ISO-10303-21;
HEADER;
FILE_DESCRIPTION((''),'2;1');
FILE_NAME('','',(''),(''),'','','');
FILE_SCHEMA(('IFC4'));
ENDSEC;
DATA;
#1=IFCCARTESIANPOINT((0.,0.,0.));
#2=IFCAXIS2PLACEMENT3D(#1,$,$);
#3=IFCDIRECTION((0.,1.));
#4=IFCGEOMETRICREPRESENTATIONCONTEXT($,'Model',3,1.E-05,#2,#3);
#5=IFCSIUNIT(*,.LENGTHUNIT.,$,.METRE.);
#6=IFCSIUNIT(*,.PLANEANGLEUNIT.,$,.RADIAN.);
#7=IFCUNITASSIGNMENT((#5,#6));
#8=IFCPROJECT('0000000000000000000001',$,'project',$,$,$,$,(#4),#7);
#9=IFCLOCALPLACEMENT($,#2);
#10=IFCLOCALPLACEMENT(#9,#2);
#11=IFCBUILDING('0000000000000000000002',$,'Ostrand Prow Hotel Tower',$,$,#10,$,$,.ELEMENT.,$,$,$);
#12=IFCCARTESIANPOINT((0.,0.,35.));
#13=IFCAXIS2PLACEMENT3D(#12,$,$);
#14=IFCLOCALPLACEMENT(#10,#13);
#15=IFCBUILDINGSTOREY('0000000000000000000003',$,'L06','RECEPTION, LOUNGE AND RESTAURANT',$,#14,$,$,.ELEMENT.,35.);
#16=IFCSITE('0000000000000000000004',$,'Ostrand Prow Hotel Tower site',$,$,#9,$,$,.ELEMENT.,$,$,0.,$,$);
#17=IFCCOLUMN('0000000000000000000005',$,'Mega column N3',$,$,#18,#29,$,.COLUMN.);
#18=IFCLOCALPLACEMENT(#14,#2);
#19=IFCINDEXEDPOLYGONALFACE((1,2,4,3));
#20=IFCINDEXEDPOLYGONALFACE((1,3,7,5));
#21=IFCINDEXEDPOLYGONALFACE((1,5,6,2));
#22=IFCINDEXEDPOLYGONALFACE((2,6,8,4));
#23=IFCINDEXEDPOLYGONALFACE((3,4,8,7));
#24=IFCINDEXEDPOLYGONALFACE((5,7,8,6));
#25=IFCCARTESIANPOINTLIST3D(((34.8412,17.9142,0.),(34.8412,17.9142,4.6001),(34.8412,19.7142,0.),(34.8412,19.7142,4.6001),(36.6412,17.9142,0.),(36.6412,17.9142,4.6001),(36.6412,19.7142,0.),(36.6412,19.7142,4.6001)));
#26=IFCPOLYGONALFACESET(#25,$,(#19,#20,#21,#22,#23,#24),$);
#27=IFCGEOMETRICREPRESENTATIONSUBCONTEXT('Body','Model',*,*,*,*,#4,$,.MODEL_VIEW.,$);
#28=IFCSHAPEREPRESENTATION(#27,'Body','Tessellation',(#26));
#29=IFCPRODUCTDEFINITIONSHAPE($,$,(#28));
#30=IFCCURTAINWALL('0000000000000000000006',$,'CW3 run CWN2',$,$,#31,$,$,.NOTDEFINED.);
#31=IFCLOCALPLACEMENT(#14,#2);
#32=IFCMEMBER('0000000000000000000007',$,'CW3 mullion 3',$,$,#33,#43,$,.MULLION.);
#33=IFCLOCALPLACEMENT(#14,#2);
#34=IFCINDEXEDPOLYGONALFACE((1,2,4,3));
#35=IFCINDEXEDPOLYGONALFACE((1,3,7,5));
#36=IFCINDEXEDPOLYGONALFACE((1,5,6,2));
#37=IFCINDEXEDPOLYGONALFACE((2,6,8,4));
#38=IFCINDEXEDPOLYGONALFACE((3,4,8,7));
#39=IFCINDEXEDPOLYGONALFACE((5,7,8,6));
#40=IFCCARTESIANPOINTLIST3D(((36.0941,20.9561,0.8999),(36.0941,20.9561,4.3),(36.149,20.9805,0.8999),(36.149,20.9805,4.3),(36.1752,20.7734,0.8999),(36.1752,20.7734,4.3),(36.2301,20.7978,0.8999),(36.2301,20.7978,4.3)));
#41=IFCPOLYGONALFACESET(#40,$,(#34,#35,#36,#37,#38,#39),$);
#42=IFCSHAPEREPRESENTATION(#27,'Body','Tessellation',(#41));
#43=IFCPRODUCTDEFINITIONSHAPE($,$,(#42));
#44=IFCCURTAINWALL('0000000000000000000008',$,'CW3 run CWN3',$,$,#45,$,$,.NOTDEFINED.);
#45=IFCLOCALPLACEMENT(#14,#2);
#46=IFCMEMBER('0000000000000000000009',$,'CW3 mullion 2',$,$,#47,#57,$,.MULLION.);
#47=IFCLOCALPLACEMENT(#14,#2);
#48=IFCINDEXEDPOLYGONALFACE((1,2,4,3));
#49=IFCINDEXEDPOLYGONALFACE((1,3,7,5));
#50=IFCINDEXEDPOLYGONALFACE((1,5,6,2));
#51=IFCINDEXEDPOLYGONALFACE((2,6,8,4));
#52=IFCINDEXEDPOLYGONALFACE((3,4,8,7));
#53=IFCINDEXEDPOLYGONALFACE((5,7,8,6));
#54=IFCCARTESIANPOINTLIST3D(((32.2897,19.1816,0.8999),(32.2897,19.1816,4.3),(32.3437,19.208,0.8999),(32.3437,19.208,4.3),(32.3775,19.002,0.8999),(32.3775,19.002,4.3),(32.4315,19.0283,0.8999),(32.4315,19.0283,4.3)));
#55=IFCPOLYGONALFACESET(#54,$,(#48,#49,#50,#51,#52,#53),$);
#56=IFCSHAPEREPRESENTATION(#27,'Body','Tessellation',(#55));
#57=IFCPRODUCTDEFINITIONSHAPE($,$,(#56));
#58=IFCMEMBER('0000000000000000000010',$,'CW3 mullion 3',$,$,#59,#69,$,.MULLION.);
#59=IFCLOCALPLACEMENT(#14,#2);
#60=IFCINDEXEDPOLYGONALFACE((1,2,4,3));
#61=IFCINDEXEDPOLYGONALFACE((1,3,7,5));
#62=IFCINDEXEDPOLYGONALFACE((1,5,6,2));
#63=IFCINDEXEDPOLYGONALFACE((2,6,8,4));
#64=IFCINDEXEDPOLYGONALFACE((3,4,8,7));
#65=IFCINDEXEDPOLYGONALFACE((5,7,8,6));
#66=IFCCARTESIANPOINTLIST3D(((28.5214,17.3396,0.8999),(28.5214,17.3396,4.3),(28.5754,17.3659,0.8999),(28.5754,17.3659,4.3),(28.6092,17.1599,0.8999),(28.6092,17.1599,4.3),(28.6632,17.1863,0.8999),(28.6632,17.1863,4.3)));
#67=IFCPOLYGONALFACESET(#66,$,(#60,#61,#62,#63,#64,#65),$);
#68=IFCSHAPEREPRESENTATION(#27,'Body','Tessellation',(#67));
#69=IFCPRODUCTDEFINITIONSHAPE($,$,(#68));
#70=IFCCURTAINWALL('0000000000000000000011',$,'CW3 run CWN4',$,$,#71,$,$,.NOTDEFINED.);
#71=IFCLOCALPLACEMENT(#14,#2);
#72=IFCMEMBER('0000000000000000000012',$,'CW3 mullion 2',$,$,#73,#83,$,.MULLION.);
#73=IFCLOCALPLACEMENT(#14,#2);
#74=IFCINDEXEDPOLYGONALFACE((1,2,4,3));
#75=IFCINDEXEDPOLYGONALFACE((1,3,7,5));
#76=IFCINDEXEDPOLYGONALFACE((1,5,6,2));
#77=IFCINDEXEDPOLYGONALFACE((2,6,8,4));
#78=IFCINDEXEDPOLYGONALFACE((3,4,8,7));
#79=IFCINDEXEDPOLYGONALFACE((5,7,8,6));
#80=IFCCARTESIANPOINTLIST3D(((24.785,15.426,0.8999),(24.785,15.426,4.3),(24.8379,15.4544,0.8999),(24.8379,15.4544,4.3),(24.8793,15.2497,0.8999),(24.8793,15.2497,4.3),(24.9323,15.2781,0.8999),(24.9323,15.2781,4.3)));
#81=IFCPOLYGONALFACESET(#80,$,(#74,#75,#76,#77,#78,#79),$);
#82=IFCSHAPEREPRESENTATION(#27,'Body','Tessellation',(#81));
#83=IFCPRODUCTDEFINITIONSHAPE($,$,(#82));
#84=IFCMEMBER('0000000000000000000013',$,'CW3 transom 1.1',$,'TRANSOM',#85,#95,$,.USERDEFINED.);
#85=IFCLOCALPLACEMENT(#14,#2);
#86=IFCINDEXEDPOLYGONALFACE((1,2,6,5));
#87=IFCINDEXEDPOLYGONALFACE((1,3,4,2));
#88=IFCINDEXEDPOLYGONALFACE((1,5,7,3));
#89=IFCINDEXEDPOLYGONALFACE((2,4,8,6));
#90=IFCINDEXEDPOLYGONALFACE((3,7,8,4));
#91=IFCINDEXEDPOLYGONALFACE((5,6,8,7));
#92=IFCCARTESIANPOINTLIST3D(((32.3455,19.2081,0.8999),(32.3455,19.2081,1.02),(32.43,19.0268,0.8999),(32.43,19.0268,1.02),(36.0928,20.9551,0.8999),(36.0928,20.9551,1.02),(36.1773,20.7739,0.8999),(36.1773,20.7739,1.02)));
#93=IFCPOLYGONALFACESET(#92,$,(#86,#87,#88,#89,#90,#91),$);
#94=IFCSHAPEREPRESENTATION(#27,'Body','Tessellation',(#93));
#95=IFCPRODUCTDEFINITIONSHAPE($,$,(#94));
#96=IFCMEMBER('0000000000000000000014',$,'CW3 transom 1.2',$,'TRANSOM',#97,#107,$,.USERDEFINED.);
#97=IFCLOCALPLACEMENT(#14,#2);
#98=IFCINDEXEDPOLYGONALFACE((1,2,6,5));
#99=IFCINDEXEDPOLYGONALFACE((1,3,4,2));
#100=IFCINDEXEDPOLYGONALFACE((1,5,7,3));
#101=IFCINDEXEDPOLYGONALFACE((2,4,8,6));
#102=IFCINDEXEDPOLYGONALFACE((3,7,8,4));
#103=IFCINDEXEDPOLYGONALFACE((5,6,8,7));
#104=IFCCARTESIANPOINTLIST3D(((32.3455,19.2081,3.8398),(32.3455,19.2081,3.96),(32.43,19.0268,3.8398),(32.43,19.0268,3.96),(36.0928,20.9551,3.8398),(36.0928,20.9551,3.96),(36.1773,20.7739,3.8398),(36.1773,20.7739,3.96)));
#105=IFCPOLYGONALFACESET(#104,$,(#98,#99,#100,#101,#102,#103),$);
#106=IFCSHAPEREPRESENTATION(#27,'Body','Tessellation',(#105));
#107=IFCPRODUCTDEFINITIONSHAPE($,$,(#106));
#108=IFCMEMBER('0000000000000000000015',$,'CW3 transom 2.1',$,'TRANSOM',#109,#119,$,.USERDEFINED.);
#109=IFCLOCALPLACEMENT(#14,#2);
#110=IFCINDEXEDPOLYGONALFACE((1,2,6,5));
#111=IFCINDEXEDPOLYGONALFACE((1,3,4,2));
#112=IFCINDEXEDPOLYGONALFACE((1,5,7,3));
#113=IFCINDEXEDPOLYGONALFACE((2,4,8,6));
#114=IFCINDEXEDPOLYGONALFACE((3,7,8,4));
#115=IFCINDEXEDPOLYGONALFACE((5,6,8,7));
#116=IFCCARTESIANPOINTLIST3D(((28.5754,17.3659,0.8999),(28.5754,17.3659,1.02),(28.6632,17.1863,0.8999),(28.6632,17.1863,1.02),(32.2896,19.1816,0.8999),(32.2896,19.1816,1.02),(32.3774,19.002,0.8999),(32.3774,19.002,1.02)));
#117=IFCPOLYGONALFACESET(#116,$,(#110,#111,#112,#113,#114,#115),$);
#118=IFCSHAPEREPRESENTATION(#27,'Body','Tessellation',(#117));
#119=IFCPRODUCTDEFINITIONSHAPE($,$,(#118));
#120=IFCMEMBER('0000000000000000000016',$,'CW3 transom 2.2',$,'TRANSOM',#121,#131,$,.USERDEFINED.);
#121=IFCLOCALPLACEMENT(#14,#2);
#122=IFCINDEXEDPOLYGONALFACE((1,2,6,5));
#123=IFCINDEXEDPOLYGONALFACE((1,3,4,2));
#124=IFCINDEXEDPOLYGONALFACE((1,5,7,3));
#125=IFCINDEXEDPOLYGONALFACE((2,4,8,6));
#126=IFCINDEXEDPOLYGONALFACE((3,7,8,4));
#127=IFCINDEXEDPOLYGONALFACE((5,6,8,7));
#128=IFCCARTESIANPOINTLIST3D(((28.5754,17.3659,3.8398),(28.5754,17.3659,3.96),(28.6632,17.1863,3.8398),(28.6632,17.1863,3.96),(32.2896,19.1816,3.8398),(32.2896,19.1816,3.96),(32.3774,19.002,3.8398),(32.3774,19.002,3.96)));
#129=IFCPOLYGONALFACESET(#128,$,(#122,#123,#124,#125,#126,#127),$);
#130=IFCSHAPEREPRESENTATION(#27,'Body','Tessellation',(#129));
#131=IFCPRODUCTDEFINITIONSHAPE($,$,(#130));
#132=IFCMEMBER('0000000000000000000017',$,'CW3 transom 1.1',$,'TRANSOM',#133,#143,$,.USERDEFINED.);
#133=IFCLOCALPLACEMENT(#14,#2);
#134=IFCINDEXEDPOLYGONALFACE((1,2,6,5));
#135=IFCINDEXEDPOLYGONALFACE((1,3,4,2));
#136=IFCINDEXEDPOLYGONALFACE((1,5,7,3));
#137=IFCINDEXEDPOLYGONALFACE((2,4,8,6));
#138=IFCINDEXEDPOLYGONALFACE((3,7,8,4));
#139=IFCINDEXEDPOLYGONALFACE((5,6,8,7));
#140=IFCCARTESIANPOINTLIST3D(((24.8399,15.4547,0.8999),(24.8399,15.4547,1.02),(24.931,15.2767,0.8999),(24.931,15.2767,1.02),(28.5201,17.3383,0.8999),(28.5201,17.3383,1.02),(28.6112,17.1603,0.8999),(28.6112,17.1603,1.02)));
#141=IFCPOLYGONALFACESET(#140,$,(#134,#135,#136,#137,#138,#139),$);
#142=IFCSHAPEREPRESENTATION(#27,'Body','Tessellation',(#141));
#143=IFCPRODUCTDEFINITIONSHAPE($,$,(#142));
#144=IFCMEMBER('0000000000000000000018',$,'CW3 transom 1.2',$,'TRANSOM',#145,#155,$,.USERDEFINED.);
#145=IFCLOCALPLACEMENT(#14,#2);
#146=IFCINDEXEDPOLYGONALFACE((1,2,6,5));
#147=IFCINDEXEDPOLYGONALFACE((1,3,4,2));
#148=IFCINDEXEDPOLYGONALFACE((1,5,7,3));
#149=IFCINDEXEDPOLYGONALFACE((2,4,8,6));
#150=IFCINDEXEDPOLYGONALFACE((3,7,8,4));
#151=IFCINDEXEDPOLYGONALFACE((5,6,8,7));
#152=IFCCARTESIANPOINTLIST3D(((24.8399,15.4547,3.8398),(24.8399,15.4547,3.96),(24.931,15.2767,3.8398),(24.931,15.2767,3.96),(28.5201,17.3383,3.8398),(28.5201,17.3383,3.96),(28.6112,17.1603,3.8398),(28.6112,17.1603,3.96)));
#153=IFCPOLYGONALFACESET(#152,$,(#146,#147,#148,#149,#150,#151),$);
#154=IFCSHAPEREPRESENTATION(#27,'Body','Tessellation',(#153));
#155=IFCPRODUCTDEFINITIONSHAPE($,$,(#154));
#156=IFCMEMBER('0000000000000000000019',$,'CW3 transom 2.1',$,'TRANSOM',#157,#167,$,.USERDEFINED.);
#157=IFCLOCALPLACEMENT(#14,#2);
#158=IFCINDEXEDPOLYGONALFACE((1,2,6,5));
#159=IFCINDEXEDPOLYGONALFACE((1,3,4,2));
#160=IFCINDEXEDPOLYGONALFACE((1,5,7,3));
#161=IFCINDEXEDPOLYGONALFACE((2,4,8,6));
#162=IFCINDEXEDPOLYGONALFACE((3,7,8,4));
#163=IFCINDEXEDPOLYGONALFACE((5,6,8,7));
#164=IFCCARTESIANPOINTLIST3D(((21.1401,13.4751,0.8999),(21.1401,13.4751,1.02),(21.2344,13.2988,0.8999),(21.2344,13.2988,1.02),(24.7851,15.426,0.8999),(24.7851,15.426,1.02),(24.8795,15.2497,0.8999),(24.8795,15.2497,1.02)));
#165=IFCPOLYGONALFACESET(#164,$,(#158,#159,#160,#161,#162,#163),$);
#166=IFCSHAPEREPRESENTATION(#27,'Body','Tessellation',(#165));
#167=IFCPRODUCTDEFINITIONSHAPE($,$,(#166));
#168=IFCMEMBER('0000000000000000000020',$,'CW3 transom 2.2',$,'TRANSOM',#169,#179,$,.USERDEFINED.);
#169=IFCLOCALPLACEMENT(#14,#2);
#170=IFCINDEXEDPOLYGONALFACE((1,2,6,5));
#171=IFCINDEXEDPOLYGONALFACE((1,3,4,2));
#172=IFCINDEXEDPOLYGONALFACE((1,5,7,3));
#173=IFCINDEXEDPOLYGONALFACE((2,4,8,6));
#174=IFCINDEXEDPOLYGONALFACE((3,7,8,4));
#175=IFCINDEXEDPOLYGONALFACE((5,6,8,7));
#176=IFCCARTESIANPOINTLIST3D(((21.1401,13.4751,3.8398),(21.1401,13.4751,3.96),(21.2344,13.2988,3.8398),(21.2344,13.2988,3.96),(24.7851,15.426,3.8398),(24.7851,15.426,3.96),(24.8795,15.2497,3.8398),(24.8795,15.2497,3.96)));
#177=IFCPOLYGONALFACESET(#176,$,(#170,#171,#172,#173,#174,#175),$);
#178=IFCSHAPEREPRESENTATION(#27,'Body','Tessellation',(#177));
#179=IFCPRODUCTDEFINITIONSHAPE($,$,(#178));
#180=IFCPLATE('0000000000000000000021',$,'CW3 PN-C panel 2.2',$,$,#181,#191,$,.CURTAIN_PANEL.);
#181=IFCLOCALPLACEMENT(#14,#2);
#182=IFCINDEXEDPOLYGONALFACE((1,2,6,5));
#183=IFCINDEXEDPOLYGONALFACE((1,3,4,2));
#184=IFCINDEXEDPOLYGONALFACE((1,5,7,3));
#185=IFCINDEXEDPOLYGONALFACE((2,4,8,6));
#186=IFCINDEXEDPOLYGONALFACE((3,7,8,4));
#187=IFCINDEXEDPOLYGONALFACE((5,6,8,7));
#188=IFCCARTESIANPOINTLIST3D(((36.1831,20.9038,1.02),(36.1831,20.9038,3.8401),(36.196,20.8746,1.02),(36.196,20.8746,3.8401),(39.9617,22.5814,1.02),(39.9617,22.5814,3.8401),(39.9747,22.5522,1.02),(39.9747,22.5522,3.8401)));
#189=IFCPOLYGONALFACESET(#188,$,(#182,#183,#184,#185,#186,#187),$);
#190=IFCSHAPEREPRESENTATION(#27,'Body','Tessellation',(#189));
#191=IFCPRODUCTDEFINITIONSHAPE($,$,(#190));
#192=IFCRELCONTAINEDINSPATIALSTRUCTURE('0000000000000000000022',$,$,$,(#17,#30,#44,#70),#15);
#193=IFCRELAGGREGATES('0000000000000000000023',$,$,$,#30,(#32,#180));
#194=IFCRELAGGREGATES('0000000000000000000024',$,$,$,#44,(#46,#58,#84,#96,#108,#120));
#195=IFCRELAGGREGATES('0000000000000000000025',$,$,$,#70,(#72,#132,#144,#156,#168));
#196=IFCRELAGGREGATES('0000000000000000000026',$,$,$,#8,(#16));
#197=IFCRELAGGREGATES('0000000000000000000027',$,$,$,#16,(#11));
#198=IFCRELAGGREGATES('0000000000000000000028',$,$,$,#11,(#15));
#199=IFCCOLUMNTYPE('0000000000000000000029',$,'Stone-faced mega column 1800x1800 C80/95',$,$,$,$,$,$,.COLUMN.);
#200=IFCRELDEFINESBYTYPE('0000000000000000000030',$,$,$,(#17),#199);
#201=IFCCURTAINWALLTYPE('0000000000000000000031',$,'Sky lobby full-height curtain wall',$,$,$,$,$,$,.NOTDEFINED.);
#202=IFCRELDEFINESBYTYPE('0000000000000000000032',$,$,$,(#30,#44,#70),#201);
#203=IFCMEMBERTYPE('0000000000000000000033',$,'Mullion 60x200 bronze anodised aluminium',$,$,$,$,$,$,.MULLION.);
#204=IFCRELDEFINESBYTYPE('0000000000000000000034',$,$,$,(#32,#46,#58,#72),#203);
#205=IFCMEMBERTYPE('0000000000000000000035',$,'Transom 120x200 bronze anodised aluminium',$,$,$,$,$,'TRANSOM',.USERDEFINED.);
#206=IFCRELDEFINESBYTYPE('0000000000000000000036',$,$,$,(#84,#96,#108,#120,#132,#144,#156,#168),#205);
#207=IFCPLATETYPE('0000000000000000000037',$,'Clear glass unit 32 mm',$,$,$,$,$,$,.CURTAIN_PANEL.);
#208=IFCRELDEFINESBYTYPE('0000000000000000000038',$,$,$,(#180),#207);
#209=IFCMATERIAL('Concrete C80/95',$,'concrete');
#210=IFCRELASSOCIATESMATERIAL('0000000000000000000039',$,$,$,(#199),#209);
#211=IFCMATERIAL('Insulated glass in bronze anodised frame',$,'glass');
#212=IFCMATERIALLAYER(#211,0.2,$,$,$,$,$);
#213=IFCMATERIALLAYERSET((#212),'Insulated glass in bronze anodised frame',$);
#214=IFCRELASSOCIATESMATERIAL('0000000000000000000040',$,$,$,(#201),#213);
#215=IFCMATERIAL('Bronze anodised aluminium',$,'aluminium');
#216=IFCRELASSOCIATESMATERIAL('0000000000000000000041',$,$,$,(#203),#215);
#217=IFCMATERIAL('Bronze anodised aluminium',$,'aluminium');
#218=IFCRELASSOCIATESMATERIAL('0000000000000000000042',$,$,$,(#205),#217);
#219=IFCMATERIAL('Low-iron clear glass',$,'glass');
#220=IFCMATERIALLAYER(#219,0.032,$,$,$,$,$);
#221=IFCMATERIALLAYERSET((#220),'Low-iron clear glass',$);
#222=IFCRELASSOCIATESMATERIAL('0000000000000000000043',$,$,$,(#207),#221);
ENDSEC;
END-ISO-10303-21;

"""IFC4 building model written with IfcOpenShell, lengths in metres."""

from ifc_helpers import new_model, si_unit, direction, frame, origin, origin_2d, place, context, subcontext, project, spatial, rectangle, extrude, material, layer, layer_set, material_profile, profile_set, type_object, element, aggregate, save


model = new_model("IFC4")

# Units and contexts
model_context = context("Model", 3, precision=1e-05, world=origin(), true_north=direction((0.0, 1.0)))
body_context = subcontext(model_context, "Body", "Model", "MODEL_VIEW")
ifc_project = project(units=[si_unit("LENGTHUNIT", "METRE"), si_unit("PLANEANGLEUNIT", "RADIAN")], contexts=[model_context])

# Site, building, storey
site_placement = place(None, origin())
site = spatial("IfcSite", under=ifc_project, at=site_placement, Name="Ostrand Prow Hotel Tower site", CompositionType="ELEMENT", RefElevation=0.0)
building_placement = place(site_placement, origin())
building = spatial("IfcBuilding", under=site, at=building_placement, Name="Ostrand Prow Hotel Tower", CompositionType="ELEMENT")
storey_placement = place(building_placement, frame((0.0, 0.0, 35.0)))
storey = spatial("IfcBuildingStorey", under=building, at=storey_placement, Name="L06", Description="RECEPTION, LOUNGE AND RESTAURANT", CompositionType="ELEMENT", Elevation=35.0)

# Column
ifc_material_1 = material(Name="Concrete C80/95", Category="concrete")
ifc_material_profile_1 = material_profile(ifc_material_1, rectangle(XDim=1.8, YDim=1.8, at=origin_2d()), Name="RC 1800x1800")
ifc_profile_set_1 = profile_set([ifc_material_profile_1], Name="Concrete C80/95")
column_type = type_object("IfcColumnType", Name="Stone-faced mega column 1800x1800 C80/95", PredefinedType="COLUMN", material=ifc_profile_set_1)
column_placement = place(storey_placement, frame((35.7412, 18.8142, 0.0), z_axis=(0.0, 0.0, 1.0), x_axis=(1.0, 0.0, 0.0)))
element("IfcColumn", 1, at=column_placement, inside=storey, type_object=column_type, Name="Mega column N3", PredefinedType="COLUMN", context=body_context, shape_type="SweptSolid", body=[
    extrude(rectangle(XDim=1.8, YDim=1.8, at=origin_2d()), origin(), (0.0, 0.0, 1.0), 4.6001),
])

# Curtain wall, member
ifc_material_2 = material(Name="Insulated glass in bronze anodised frame", Category="glass")
ifc_layer_1 = layer(ifc_material_2, 0.2)
ifc_layer_set_1 = layer_set([ifc_layer_1], Name="Insulated glass in bronze anodised frame")
curtain_wall_type = type_object("IfcCurtainWallType", Name="Sky lobby full-height curtain wall", PredefinedType="NOTDEFINED", material=ifc_layer_set_1)
curtain_wall_1_placement = place(storey_placement, origin())
curtain_wall_1 = element("IfcCurtainWall", 2, at=curtain_wall_1_placement, inside=storey, type_object=curtain_wall_type, Name="CW3 run CWN2", PredefinedType="NOTDEFINED")
ifc_material_3 = material(Name="Bronze anodised aluminium", Category="aluminium")
ifc_material_profile_2 = material_profile(ifc_material_3, rectangle(XDim=0.2, YDim=0.0601, at=origin_2d()), Name="Mullion 60x200 bronze anodised aluminium")
ifc_profile_set_2 = profile_set([ifc_material_profile_2], Name="Bronze anodised aluminium")
member_type_1 = type_object("IfcMemberType", Name="Mullion 60x200 bronze anodised aluminium", PredefinedType="MULLION", material=ifc_profile_set_2)
member_1_placement = place(storey_placement, frame((36.1621, 20.877, 0.8999), z_axis=(0.0, 0.0, 1.0), x_axis=(0.40578, -0.913971, 0.0)))
member_1 = element("IfcMember", 3, at=member_1_placement, type_object=member_type_1, Name="CW3 mullion 3", PredefinedType="MULLION", context=body_context, shape_type="SweptSolid", body=[
    extrude(rectangle(XDim=0.2, YDim=0.0601, at=origin_2d()), origin(), (0.0, 0.0, 1.0), 3.4001),
])

# Curtain wall, members
curtain_wall_2_placement = place(storey_placement, origin())
curtain_wall_2 = element("IfcCurtainWall", 4, at=curtain_wall_2_placement, inside=storey, type_object=curtain_wall_type, Name="CW3 run CWN3", PredefinedType="NOTDEFINED")
member_2_placement = place(storey_placement, frame((32.3606, 19.105, 0.8999), z_axis=(0.0, 0.0, 1.0), x_axis=(0.439138, -0.89842, 0.0)))
member_2 = element("IfcMember", 5, at=member_2_placement, type_object=member_type_1, Name="CW3 mullion 2", PredefinedType="MULLION", context=body_context, shape_type="SweptSolid", body=[
    extrude(rectangle(XDim=0.2, YDim=0.0601, at=origin_2d()), origin(), (0.0, 0.0, 1.0), 3.4001),
])
member_3_placement = place(storey_placement, frame((28.5923, 17.2629, 0.8999), z_axis=(0.0, 0.0, 1.0), x_axis=(0.439138, -0.89842, 0.0)))
member_3 = element("IfcMember", 6, at=member_3_placement, type_object=member_type_1, Name="CW3 mullion 3", PredefinedType="MULLION", context=body_context, shape_type="SweptSolid", body=[
    extrude(rectangle(XDim=0.2, YDim=0.0601, at=origin_2d()), origin(), (0.0, 0.0, 1.0), 3.4001),
])

# Curtain wall, member
curtain_wall_3_placement = place(storey_placement, origin())
curtain_wall_3 = element("IfcCurtainWall", 7, at=curtain_wall_3_placement, inside=storey, type_object=curtain_wall_type, Name="CW3 run CWN4", PredefinedType="NOTDEFINED")
member_4_placement = place(storey_placement, frame((24.8586, 15.3521, 0.8999), z_axis=(0.0, 0.0, 1.0), x_axis=(0.4719, -0.881652, 0.0)))
member_4 = element("IfcMember", 8, at=member_4_placement, type_object=member_type_1, Name="CW3 mullion 2", PredefinedType="MULLION", context=body_context, shape_type="SweptSolid", body=[
    extrude(rectangle(XDim=0.2, YDim=0.0601, at=origin_2d()), origin(), (0.0, 0.0, 1.0), 3.4001),
])

# Members
ifc_material_4 = material(Name="Bronze anodised aluminium", Category="aluminium")
ifc_material_profile_3 = material_profile(ifc_material_4, rectangle(XDim=0.2, YDim=0.1201, at=origin_2d()), Name="Transom 120x200 bronze anodised aluminium")
ifc_profile_set_3 = profile_set([ifc_material_profile_3], Name="Bronze anodised aluminium")
member_type_2 = type_object("IfcMemberType", Name="Transom 120x200 bronze anodised aluminium", ElementType="TRANSOM", PredefinedType="USERDEFINED", material=ifc_profile_set_3)
member_5_placement = place(storey_placement, frame((36.135, 20.8645, 0.96), z_axis=(-0.906338, -0.422552, 0.0), x_axis=(0.422552, -0.906338, 0.0)))
member_5 = element("IfcMember", 9, at=member_5_placement, type_object=member_type_2, Name="CW3 transom 1.1", ObjectType="TRANSOM", PredefinedType="USERDEFINED", context=body_context, shape_type="SweptSolid", body=[
    extrude(rectangle(XDim=0.2, YDim=0.1201, at=origin_2d()), origin(), (0.0, 0.0, 1.0), 4.1345),
])
member_6_placement = place(storey_placement, frame((36.135, 20.8645, 3.8999), z_axis=(-0.906338, -0.422552, 0.0), x_axis=(0.422552, -0.906338, 0.0)))
member_6 = element("IfcMember", 10, at=member_6_placement, type_object=member_type_2, Name="CW3 transom 1.2", ObjectType="TRANSOM", PredefinedType="USERDEFINED", context=body_context, shape_type="SweptSolid", body=[
    extrude(rectangle(XDim=0.2, YDim=0.1201, at=origin_2d()), origin(), (0.0, 0.0, 1.0), 4.1345),
])
member_7_placement = place(storey_placement, frame((32.3335, 19.0918, 0.96), z_axis=(-0.898395, -0.439188, 0.0), x_axis=(0.439188, -0.898395, 0.0)))
member_7 = element("IfcMember", 11, at=member_7_placement, type_object=member_type_2, Name="CW3 transom 2.1", ObjectType="TRANSOM", PredefinedType="USERDEFINED", context=body_context, shape_type="SweptSolid", body=[
    extrude(rectangle(XDim=0.2, YDim=0.1201, at=origin_2d()), origin(), (0.0, 0.0, 1.0), 4.1343),
])
member_8_placement = place(storey_placement, frame((32.3335, 19.0918, 3.8999), z_axis=(-0.898395, -0.439188, 0.0), x_axis=(0.439188, -0.898395, 0.0)))
member_8 = element("IfcMember", 12, at=member_8_placement, type_object=member_type_2, Name="CW3 transom 2.2", ObjectType="TRANSOM", PredefinedType="USERDEFINED", context=body_context, shape_type="SweptSolid", body=[
    extrude(rectangle(XDim=0.2, YDim=0.1201, at=origin_2d()), origin(), (0.0, 0.0, 1.0), 4.1343),
])
member_9_placement = place(storey_placement, frame((28.5657, 17.2493, 0.96), z_axis=(-0.890183, -0.455603, 0.0), x_axis=(0.455603, -0.890183, 0.0)))
member_9 = element("IfcMember", 13, at=member_9_placement, type_object=member_type_2, Name="CW3 transom 1.1", ObjectType="TRANSOM", PredefinedType="USERDEFINED", context=body_context, shape_type="SweptSolid", body=[
    extrude(rectangle(XDim=0.2, YDim=0.1201, at=origin_2d()), origin(), (0.0, 0.0, 1.0), 4.1343),
])
member_10_placement = place(storey_placement, frame((28.5657, 17.2493, 3.8999), z_axis=(-0.890183, -0.455603, 0.0), x_axis=(0.455603, -0.890183, 0.0)))
member_10 = element("IfcMember", 14, at=member_10_placement, type_object=member_type_2, Name="CW3 transom 1.2", ObjectType="TRANSOM", PredefinedType="USERDEFINED", context=body_context, shape_type="SweptSolid", body=[
    extrude(rectangle(XDim=0.2, YDim=0.1201, at=origin_2d()), origin(), (0.0, 0.0, 1.0), 4.1343),
])
member_11_placement = place(storey_placement, frame((24.8323, 15.3379, 0.96), z_axis=(-0.881657, -0.47189, 0.0), x_axis=(0.47189, -0.881657, 0.0)))
member_11 = element("IfcMember", 15, at=member_11_placement, type_object=member_type_2, Name="CW3 transom 2.1", ObjectType="TRANSOM", PredefinedType="USERDEFINED", context=body_context, shape_type="SweptSolid", body=[
    extrude(rectangle(XDim=0.2, YDim=0.1201, at=origin_2d()), origin(), (0.0, 0.0, 1.0), 4.1343),
])
member_12_placement = place(storey_placement, frame((24.8323, 15.3379, 3.8999), z_axis=(-0.881657, -0.47189, 0.0), x_axis=(0.47189, -0.881657, 0.0)))
member_12 = element("IfcMember", 16, at=member_12_placement, type_object=member_type_2, Name="CW3 transom 2.2", ObjectType="TRANSOM", PredefinedType="USERDEFINED", context=body_context, shape_type="SweptSolid", body=[
    extrude(rectangle(XDim=0.2, YDim=0.1201, at=origin_2d()), origin(), (0.0, 0.0, 1.0), 4.1343),
])

# Plate
ifc_material_5 = material(Name="Low-iron clear glass", Category="glass")
ifc_layer_2 = layer(ifc_material_5, 0.032)
ifc_layer_set_2 = layer_set([ifc_layer_2], Name="Low-iron clear glass")
plate_type_1 = type_object("IfcPlateType", Name="Clear glass unit 32 mm", PredefinedType="CURTAIN_PANEL", material=ifc_layer_set_2)
plate_1_placement = place(storey_placement, frame((38.0789, 21.728, 1.02), z_axis=(0.0, 0.0, 1.0), x_axis=(-0.913971, -0.40578, 0.0)))
plate_1 = element("IfcPlate", 17, at=plate_1_placement, type_object=plate_type_1, Name="CW3 PN-C panel 2.2", PredefinedType="CURTAIN_PANEL", context=body_context, shape_type="SweptSolid", body=[
    extrude(rectangle(XDim=4.1343, YDim=0.032, at=origin_2d()), origin(), (0.0, 0.0, 1.0), 2.8201),
])
aggregate(curtain_wall_1, [member_1, plate_1])
aggregate(curtain_wall_2, [member_2, member_3, member_5, member_6, member_7, member_8])
aggregate(curtain_wall_3, [member_4, member_9, member_10, member_11, member_12])

save(model, "model.ifc")
